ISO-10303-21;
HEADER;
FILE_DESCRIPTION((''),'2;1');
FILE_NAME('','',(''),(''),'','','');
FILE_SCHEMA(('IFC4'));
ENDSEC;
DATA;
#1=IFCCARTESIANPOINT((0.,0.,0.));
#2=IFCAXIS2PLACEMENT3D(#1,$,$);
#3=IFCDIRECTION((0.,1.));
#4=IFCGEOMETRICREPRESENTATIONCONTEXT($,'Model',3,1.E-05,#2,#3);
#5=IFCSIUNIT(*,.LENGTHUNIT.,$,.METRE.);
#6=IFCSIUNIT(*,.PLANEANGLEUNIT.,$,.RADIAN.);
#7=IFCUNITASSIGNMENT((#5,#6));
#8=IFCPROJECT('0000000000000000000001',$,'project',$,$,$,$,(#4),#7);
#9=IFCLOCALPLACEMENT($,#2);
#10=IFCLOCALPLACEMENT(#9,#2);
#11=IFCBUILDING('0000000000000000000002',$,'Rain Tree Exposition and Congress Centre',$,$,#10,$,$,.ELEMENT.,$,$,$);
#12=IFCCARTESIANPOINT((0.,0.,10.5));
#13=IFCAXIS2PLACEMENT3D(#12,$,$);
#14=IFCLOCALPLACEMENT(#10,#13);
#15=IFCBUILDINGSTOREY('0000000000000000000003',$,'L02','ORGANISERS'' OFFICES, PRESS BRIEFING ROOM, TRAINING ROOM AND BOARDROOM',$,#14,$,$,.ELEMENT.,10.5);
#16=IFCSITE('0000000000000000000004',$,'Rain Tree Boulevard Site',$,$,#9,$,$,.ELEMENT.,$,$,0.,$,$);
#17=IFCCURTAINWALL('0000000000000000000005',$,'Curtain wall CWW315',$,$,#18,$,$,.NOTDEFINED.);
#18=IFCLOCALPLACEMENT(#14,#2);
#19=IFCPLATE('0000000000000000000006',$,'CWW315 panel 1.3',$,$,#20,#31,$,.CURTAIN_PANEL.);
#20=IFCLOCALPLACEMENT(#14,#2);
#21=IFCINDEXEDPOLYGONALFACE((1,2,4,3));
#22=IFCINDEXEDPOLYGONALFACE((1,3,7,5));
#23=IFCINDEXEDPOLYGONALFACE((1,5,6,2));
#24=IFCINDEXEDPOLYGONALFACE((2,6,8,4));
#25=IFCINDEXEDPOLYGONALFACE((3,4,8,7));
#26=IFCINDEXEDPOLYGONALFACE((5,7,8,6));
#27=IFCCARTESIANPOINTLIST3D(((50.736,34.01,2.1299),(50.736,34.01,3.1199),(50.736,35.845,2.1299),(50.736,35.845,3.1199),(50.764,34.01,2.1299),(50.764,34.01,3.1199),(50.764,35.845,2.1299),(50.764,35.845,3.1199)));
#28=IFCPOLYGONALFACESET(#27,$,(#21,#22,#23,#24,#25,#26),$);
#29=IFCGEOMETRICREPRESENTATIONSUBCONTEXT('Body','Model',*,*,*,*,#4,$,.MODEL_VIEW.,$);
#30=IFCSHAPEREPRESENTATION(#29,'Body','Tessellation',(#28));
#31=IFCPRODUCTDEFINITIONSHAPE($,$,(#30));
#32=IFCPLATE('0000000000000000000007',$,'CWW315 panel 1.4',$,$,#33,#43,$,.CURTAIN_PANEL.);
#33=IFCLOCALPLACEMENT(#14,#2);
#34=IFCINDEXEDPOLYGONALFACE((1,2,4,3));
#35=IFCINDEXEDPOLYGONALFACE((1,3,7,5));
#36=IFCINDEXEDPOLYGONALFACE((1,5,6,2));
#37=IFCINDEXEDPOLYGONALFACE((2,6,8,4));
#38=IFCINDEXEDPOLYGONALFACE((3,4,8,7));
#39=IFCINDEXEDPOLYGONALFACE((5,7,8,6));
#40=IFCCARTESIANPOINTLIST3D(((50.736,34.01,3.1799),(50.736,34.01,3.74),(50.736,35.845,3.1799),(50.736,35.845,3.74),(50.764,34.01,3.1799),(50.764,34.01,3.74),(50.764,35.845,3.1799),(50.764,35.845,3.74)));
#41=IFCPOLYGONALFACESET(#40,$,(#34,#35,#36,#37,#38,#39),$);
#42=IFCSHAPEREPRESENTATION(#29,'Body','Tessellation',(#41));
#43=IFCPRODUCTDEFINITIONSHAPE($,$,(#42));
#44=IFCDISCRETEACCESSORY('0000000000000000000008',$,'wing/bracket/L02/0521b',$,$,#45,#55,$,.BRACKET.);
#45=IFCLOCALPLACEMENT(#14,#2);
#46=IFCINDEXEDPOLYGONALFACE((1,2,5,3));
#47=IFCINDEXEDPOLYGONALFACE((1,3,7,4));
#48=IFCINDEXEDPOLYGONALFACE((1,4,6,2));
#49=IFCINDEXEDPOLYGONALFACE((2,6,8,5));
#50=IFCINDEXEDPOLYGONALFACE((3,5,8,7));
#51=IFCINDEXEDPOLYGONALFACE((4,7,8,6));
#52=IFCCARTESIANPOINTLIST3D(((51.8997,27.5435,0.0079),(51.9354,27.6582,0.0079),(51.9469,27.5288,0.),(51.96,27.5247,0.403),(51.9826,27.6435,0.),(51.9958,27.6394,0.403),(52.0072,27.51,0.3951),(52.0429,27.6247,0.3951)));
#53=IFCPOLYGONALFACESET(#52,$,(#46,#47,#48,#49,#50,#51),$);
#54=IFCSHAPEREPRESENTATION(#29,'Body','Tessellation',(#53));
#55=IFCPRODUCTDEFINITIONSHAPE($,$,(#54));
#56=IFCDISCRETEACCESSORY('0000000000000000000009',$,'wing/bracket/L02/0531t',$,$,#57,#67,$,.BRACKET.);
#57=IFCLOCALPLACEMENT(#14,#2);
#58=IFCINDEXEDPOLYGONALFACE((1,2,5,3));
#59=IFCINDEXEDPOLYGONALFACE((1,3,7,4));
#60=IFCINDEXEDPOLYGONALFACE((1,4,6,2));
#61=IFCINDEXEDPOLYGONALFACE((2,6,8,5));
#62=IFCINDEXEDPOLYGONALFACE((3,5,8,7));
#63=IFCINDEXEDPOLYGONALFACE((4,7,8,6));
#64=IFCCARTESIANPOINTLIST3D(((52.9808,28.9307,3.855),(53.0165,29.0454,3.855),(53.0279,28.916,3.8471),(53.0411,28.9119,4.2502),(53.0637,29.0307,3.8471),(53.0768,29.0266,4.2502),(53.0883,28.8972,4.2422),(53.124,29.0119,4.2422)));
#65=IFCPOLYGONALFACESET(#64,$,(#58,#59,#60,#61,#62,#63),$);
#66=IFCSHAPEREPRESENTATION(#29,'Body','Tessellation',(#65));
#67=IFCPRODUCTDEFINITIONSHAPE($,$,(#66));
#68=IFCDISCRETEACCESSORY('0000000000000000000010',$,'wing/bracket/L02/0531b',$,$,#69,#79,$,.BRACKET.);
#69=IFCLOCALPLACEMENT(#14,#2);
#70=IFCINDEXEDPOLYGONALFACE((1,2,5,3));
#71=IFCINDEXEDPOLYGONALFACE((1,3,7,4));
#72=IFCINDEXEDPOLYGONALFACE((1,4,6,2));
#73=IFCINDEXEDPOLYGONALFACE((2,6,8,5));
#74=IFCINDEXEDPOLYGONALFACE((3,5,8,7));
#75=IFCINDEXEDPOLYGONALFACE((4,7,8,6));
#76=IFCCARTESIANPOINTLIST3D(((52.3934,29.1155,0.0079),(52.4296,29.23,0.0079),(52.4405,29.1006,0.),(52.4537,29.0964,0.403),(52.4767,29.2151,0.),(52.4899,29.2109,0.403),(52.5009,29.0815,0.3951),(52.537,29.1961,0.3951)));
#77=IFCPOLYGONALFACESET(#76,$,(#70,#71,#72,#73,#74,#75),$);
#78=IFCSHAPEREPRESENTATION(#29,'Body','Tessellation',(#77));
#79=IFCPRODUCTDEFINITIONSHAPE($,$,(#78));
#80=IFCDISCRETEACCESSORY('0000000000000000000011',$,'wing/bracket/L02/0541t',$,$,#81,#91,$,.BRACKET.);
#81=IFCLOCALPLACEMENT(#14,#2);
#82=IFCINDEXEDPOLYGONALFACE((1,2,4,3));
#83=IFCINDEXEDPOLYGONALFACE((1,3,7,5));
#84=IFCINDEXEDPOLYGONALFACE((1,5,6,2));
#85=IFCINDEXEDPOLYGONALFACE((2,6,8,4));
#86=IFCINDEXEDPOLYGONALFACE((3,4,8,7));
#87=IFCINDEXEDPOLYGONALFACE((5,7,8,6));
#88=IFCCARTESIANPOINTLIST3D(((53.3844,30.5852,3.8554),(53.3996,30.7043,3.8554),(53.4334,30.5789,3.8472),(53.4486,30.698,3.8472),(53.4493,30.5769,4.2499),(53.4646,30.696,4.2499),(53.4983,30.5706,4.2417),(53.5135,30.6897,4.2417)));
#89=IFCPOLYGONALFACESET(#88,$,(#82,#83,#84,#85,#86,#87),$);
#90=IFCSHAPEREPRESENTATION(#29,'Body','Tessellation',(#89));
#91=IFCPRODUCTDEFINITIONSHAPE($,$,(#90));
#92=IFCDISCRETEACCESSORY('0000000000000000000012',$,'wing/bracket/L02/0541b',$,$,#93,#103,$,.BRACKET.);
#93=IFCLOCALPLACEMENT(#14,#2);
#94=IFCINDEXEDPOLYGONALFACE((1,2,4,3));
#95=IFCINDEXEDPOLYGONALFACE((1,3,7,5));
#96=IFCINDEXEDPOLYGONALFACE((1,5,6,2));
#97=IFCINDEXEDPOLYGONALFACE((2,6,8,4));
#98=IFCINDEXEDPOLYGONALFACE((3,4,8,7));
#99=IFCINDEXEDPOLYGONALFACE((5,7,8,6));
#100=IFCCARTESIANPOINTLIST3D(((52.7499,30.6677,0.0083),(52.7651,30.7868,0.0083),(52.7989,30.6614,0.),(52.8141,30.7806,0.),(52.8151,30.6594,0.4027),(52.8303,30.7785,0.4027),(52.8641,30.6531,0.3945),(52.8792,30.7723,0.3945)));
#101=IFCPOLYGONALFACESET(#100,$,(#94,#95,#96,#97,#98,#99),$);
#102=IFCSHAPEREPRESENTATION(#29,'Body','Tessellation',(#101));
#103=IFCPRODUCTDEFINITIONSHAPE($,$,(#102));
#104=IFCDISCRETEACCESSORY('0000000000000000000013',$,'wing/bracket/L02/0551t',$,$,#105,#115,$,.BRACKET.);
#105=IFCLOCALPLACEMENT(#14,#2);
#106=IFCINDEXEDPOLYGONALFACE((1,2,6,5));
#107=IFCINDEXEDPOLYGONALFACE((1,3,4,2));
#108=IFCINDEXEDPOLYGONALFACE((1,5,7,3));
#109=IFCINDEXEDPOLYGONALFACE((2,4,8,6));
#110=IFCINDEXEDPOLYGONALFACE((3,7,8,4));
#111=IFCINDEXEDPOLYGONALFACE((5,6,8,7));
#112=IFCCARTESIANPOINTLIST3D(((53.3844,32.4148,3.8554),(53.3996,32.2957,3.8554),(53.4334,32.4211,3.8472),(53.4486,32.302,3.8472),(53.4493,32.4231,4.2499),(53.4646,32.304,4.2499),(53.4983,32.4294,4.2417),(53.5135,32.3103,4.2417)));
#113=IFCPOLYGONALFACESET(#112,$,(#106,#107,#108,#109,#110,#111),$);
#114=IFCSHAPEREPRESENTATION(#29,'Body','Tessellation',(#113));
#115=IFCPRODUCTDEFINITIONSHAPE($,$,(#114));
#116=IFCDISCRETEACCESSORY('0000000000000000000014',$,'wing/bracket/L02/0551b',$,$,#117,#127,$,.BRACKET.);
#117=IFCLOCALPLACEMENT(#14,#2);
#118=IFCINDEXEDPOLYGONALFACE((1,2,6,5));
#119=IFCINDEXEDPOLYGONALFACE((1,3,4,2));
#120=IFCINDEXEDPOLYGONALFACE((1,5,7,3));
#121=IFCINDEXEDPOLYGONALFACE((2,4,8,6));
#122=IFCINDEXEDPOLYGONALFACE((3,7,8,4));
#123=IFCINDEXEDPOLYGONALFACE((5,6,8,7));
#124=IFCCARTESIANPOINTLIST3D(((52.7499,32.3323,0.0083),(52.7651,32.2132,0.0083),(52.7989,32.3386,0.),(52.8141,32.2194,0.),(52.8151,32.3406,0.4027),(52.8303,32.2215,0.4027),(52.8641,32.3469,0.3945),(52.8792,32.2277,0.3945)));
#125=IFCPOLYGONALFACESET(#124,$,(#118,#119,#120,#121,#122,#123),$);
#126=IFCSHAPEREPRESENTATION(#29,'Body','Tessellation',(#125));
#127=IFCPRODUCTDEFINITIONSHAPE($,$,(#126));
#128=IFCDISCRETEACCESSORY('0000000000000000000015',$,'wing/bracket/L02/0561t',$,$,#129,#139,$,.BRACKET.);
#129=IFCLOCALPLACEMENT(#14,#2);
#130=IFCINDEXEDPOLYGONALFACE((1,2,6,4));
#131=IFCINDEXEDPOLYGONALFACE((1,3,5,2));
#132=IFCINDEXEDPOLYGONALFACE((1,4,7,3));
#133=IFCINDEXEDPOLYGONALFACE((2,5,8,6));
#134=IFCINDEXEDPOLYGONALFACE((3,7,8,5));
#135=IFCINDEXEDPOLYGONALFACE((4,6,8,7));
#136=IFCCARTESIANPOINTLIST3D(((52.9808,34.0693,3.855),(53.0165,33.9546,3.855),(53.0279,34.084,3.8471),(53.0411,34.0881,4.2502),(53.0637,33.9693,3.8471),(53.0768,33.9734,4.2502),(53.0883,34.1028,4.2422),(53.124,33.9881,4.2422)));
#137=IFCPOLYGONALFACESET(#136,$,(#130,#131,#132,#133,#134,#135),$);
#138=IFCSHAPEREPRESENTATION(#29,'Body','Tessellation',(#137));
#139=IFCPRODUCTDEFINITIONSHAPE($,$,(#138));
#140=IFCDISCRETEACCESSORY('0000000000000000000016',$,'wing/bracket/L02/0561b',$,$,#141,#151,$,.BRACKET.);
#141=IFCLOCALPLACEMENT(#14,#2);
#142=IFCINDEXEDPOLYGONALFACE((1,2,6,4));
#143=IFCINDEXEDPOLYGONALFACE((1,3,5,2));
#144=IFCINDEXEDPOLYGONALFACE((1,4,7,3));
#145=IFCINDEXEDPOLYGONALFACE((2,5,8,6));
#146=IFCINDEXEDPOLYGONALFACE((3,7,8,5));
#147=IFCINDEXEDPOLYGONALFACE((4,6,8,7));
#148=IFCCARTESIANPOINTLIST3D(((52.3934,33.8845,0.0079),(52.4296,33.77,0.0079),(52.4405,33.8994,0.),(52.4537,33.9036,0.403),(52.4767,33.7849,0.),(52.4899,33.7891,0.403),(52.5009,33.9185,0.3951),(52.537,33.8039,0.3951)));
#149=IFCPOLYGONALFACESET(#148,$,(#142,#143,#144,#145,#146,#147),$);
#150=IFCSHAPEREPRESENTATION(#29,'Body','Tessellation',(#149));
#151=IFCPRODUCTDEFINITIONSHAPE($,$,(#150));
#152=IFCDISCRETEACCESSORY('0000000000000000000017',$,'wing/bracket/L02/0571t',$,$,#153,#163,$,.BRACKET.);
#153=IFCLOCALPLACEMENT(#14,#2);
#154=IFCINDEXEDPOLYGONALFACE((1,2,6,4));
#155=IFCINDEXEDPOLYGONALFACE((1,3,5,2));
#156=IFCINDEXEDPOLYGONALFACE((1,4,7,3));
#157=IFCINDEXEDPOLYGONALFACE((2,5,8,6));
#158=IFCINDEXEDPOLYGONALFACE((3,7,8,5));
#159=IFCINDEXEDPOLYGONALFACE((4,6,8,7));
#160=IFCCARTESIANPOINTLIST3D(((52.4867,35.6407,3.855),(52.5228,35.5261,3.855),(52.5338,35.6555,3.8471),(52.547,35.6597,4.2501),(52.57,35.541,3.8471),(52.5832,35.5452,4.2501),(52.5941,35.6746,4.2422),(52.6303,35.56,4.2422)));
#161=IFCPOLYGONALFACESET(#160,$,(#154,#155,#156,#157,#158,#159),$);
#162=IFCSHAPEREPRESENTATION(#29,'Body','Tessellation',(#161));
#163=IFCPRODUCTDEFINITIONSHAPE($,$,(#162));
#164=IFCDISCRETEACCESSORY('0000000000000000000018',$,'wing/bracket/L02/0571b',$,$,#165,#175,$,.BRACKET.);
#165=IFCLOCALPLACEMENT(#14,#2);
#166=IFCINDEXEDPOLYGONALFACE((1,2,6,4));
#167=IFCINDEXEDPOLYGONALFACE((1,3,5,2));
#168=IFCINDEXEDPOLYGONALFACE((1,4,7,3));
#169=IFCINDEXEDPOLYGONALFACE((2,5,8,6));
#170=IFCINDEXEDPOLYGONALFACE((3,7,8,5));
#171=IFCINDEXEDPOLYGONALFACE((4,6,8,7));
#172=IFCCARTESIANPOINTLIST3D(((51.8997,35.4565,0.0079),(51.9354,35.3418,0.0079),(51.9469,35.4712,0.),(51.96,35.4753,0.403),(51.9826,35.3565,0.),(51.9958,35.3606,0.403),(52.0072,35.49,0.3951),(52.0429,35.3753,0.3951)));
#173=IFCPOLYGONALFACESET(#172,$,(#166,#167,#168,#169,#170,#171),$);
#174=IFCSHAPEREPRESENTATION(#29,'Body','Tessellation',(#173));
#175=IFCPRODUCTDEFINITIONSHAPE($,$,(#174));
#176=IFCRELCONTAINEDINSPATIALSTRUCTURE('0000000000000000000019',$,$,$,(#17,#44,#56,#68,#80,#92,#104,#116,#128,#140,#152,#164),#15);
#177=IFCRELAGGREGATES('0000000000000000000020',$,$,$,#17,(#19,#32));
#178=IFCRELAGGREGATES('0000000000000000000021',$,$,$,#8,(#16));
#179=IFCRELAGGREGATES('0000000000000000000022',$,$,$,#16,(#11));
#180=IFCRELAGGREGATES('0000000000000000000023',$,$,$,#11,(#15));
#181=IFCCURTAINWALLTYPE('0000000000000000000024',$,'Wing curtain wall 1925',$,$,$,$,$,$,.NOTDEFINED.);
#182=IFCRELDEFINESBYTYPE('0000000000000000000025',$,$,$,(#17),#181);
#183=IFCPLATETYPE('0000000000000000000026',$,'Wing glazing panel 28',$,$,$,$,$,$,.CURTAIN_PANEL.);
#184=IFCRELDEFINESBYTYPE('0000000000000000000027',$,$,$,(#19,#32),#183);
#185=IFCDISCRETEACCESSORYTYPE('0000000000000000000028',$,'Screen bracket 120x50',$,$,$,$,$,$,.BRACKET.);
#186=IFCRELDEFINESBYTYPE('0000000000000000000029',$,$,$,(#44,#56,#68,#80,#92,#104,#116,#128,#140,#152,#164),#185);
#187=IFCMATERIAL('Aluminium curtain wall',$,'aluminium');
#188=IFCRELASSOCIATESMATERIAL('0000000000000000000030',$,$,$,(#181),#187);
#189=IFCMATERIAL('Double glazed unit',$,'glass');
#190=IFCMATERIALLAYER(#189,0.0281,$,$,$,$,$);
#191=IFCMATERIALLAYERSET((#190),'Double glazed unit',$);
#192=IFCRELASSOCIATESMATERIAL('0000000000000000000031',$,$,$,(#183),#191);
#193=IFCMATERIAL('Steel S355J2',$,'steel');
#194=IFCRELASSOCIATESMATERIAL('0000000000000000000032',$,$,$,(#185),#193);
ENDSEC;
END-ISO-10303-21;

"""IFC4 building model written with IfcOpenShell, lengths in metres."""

from ifc_helpers import new_model, si_unit, direction, frame, origin, origin_2d, place, context, subcontext, project, spatial, rectangle, extrude, material, layer, layer_set, material_profile, profile_set, type_object, element, aggregate, save


model = new_model("IFC4")

# Units and contexts
model_context = context("Model", 3, precision=1e-05, world=origin(), true_north=direction((0.0, 1.0)))
body_context = subcontext(model_context, "Body", "Model", "MODEL_VIEW")
ifc_project = project(units=[si_unit("LENGTHUNIT", "METRE"), si_unit("PLANEANGLEUNIT", "RADIAN")], contexts=[model_context])

# Site, building, storey
site_placement = place(None, origin())
site = spatial("IfcSite", under=ifc_project, at=site_placement, Name="Rain Tree Boulevard Site", CompositionType="ELEMENT", RefElevation=0.0)
building_placement = place(site_placement, origin())
building = spatial("IfcBuilding", under=site, at=building_placement, Name="Rain Tree Exposition and Congress Centre", CompositionType="ELEMENT")
storey_placement = place(building_placement, frame((0.0, 0.0, 10.5)))
storey = spatial("IfcBuildingStorey", under=building, at=storey_placement, Name="L02", Description="ORGANISERS' OFFICES, PRESS BRIEFING ROOM, TRAINING ROOM AND BOARDROOM", CompositionType="ELEMENT", Elevation=10.5)

# Curtain wall, plates
ifc_material_1 = material(Name="Aluminium curtain wall", Category="aluminium")
curtain_wall_type = type_object("IfcCurtainWallType", Name="Wing curtain wall 1925", PredefinedType="NOTDEFINED", material=ifc_material_1)
curtain_wall_placement = place(storey_placement, origin())
curtain_wall = element("IfcCurtainWall", 1, at=curtain_wall_placement, inside=storey, type_object=curtain_wall_type, Name="Curtain wall CWW315", PredefinedType="NOTDEFINED")
ifc_material_2 = material(Name="Double glazed unit", Category="glass")
ifc_layer_1 = layer(ifc_material_2, 0.0281)
ifc_layer_set_1 = layer_set([ifc_layer_1], Name="Double glazed unit")
plate_type = type_object("IfcPlateType", Name="Wing glazing panel 28", PredefinedType="CURTAIN_PANEL", material=ifc_layer_set_1)
plate_1_placement = place(storey_placement, frame((50.75, 34.9275, 2.1299), z_axis=(0.0, 0.0, 1.0), x_axis=(0.0, 1.0, 0.0)))
plate_1 = element("IfcPlate", 2, at=plate_1_placement, type_object=plate_type, Name="CWW315 panel 1.3", PredefinedType="CURTAIN_PANEL", context=body_context, shape_type="SweptSolid", body=[
    extrude(rectangle(XDim=1.835, YDim=0.0281, at=origin_2d()), origin(), (0.0, 0.0, 1.0), 0.99),
])
plate_2_placement = place(storey_placement, frame((50.75, 34.9275, 3.1799), z_axis=(0.0, 0.0, 1.0), x_axis=(0.0, 1.0, 0.0)))
plate_2 = element("IfcPlate", 3, at=plate_2_placement, type_object=plate_type, Name="CWW315 panel 1.4", PredefinedType="CURTAIN_PANEL", context=body_context, shape_type="SweptSolid", body=[
    extrude(rectangle(XDim=1.835, YDim=0.0281, at=origin_2d()), origin(), (0.0, 0.0, 1.0), 0.5601),
])
aggregate(curtain_wall, [plate_1, plate_2])

# Discrete accessories
ifc_material_3 = material(Name="Steel S355J2", Category="steel")
ifc_material_profile_1 = material_profile(ifc_material_3, rectangle(XDim=0.1201, YDim=0.05, at=origin_2d()), Name="Flat bar 120x50")
ifc_profile_set_1 = profile_set([ifc_material_profile_1], Name="Steel S355J2")
discrete_accessory_type = type_object("IfcDiscreteAccessoryType", Name="Screen bracket 120x50", PredefinedType="BRACKET", material=ifc_profile_set_1)
for number, where, z_axis, x_axis, name in (
    (4, (51.9412, 27.5935, 0.0039), (0.150743, -0.046993, 0.987456), (0.297615, 0.954686, 0.0), "wing/bracket/L02/0521b"),
    (5, (53.0222, 28.9807, 3.8511), (0.150743, -0.046993, 0.987456), (0.297615, 0.954686, 0.0), "wing/bracket/L02/0531t"),
    (6, (52.4351, 29.1653, 0.0039), (0.150738, -0.047602, 0.987427), (0.301131, 0.953583, 0.0), "wing/bracket/L02/0531b"),
):
    element("IfcDiscreteAccessory", number, at=place(storey_placement, frame(where, z_axis=z_axis, x_axis=x_axis)), inside=storey, type_object=discrete_accessory_type, Name=name, PredefinedType="BRACKET", context=body_context, shape_type="SweptSolid", body=[
        extrude(rectangle(XDim=0.1201, YDim=0.05, at=origin_2d()), origin(), (0.0, 0.0, 1.0), 0.4001),
    ])
for number, where, z_axis, x_axis, name in (
    (7, (53.4165, 30.6416, 3.8513), (0.162383, -0.020756, 0.986509), (0.126788, 0.99193, 0.0), "wing/bracket/L02/0541t"),
    (8, (52.782, 30.7241, 0.0042), (0.162978, -0.020754, 0.986411), (0.126321, 0.991989, 0.0), "wing/bracket/L02/0541b"),
    (9, (53.4165, 32.3584, 3.8513), (0.162383, 0.020756, 0.986509), (-0.126788, 0.99193, 0.0), "wing/bracket/L02/0551t"),
    (10, (52.782, 32.2759, 0.0042), (0.162978, 0.020754, 0.986411), (-0.126321, 0.991989, 0.0), "wing/bracket/L02/0551b"),
):
    element("IfcDiscreteAccessory", number, at=place(storey_placement, frame(where, z_axis=z_axis, x_axis=x_axis)), inside=storey, type_object=discrete_accessory_type, Name=name, PredefinedType="BRACKET", context=body_context, shape_type="SweptSolid", body=[
        extrude(rectangle(XDim=0.1201, YDim=0.05, at=origin_2d()), origin(), (0.0, 0.0, 1.0), 0.3999),
    ])
for number, where, z_axis, x_axis, name in (
    (11, (53.0222, 34.0193, 3.8511), (0.150743, 0.046993, 0.987456), (-0.297615, 0.954686, 0.0), "wing/bracket/L02/0561t"),
    (12, (52.4351, 33.8347, 0.0039), (0.150738, 0.047602, 0.987427), (-0.301131, 0.953583, 0.0), "wing/bracket/L02/0561b"),
    (13, (52.5283, 35.5908, 3.8511), (0.150738, 0.047602, 0.987427), (-0.301131, 0.953583, 0.0), "wing/bracket/L02/0571t"),
    (14, (51.9412, 35.4065, 0.0039), (0.150743, 0.046993, 0.987456), (-0.297615, 0.954686, 0.0), "wing/bracket/L02/0571b"),
):
    element("IfcDiscreteAccessory", number, at=place(storey_placement, frame(where, z_axis=z_axis, x_axis=x_axis)), inside=storey, type_object=discrete_accessory_type, Name=name, PredefinedType="BRACKET", context=body_context, shape_type="SweptSolid", body=[
        extrude(rectangle(XDim=0.1201, YDim=0.05, at=origin_2d()), origin(), (0.0, 0.0, 1.0), 0.4001),
    ])

save(model, "model.ifc")
